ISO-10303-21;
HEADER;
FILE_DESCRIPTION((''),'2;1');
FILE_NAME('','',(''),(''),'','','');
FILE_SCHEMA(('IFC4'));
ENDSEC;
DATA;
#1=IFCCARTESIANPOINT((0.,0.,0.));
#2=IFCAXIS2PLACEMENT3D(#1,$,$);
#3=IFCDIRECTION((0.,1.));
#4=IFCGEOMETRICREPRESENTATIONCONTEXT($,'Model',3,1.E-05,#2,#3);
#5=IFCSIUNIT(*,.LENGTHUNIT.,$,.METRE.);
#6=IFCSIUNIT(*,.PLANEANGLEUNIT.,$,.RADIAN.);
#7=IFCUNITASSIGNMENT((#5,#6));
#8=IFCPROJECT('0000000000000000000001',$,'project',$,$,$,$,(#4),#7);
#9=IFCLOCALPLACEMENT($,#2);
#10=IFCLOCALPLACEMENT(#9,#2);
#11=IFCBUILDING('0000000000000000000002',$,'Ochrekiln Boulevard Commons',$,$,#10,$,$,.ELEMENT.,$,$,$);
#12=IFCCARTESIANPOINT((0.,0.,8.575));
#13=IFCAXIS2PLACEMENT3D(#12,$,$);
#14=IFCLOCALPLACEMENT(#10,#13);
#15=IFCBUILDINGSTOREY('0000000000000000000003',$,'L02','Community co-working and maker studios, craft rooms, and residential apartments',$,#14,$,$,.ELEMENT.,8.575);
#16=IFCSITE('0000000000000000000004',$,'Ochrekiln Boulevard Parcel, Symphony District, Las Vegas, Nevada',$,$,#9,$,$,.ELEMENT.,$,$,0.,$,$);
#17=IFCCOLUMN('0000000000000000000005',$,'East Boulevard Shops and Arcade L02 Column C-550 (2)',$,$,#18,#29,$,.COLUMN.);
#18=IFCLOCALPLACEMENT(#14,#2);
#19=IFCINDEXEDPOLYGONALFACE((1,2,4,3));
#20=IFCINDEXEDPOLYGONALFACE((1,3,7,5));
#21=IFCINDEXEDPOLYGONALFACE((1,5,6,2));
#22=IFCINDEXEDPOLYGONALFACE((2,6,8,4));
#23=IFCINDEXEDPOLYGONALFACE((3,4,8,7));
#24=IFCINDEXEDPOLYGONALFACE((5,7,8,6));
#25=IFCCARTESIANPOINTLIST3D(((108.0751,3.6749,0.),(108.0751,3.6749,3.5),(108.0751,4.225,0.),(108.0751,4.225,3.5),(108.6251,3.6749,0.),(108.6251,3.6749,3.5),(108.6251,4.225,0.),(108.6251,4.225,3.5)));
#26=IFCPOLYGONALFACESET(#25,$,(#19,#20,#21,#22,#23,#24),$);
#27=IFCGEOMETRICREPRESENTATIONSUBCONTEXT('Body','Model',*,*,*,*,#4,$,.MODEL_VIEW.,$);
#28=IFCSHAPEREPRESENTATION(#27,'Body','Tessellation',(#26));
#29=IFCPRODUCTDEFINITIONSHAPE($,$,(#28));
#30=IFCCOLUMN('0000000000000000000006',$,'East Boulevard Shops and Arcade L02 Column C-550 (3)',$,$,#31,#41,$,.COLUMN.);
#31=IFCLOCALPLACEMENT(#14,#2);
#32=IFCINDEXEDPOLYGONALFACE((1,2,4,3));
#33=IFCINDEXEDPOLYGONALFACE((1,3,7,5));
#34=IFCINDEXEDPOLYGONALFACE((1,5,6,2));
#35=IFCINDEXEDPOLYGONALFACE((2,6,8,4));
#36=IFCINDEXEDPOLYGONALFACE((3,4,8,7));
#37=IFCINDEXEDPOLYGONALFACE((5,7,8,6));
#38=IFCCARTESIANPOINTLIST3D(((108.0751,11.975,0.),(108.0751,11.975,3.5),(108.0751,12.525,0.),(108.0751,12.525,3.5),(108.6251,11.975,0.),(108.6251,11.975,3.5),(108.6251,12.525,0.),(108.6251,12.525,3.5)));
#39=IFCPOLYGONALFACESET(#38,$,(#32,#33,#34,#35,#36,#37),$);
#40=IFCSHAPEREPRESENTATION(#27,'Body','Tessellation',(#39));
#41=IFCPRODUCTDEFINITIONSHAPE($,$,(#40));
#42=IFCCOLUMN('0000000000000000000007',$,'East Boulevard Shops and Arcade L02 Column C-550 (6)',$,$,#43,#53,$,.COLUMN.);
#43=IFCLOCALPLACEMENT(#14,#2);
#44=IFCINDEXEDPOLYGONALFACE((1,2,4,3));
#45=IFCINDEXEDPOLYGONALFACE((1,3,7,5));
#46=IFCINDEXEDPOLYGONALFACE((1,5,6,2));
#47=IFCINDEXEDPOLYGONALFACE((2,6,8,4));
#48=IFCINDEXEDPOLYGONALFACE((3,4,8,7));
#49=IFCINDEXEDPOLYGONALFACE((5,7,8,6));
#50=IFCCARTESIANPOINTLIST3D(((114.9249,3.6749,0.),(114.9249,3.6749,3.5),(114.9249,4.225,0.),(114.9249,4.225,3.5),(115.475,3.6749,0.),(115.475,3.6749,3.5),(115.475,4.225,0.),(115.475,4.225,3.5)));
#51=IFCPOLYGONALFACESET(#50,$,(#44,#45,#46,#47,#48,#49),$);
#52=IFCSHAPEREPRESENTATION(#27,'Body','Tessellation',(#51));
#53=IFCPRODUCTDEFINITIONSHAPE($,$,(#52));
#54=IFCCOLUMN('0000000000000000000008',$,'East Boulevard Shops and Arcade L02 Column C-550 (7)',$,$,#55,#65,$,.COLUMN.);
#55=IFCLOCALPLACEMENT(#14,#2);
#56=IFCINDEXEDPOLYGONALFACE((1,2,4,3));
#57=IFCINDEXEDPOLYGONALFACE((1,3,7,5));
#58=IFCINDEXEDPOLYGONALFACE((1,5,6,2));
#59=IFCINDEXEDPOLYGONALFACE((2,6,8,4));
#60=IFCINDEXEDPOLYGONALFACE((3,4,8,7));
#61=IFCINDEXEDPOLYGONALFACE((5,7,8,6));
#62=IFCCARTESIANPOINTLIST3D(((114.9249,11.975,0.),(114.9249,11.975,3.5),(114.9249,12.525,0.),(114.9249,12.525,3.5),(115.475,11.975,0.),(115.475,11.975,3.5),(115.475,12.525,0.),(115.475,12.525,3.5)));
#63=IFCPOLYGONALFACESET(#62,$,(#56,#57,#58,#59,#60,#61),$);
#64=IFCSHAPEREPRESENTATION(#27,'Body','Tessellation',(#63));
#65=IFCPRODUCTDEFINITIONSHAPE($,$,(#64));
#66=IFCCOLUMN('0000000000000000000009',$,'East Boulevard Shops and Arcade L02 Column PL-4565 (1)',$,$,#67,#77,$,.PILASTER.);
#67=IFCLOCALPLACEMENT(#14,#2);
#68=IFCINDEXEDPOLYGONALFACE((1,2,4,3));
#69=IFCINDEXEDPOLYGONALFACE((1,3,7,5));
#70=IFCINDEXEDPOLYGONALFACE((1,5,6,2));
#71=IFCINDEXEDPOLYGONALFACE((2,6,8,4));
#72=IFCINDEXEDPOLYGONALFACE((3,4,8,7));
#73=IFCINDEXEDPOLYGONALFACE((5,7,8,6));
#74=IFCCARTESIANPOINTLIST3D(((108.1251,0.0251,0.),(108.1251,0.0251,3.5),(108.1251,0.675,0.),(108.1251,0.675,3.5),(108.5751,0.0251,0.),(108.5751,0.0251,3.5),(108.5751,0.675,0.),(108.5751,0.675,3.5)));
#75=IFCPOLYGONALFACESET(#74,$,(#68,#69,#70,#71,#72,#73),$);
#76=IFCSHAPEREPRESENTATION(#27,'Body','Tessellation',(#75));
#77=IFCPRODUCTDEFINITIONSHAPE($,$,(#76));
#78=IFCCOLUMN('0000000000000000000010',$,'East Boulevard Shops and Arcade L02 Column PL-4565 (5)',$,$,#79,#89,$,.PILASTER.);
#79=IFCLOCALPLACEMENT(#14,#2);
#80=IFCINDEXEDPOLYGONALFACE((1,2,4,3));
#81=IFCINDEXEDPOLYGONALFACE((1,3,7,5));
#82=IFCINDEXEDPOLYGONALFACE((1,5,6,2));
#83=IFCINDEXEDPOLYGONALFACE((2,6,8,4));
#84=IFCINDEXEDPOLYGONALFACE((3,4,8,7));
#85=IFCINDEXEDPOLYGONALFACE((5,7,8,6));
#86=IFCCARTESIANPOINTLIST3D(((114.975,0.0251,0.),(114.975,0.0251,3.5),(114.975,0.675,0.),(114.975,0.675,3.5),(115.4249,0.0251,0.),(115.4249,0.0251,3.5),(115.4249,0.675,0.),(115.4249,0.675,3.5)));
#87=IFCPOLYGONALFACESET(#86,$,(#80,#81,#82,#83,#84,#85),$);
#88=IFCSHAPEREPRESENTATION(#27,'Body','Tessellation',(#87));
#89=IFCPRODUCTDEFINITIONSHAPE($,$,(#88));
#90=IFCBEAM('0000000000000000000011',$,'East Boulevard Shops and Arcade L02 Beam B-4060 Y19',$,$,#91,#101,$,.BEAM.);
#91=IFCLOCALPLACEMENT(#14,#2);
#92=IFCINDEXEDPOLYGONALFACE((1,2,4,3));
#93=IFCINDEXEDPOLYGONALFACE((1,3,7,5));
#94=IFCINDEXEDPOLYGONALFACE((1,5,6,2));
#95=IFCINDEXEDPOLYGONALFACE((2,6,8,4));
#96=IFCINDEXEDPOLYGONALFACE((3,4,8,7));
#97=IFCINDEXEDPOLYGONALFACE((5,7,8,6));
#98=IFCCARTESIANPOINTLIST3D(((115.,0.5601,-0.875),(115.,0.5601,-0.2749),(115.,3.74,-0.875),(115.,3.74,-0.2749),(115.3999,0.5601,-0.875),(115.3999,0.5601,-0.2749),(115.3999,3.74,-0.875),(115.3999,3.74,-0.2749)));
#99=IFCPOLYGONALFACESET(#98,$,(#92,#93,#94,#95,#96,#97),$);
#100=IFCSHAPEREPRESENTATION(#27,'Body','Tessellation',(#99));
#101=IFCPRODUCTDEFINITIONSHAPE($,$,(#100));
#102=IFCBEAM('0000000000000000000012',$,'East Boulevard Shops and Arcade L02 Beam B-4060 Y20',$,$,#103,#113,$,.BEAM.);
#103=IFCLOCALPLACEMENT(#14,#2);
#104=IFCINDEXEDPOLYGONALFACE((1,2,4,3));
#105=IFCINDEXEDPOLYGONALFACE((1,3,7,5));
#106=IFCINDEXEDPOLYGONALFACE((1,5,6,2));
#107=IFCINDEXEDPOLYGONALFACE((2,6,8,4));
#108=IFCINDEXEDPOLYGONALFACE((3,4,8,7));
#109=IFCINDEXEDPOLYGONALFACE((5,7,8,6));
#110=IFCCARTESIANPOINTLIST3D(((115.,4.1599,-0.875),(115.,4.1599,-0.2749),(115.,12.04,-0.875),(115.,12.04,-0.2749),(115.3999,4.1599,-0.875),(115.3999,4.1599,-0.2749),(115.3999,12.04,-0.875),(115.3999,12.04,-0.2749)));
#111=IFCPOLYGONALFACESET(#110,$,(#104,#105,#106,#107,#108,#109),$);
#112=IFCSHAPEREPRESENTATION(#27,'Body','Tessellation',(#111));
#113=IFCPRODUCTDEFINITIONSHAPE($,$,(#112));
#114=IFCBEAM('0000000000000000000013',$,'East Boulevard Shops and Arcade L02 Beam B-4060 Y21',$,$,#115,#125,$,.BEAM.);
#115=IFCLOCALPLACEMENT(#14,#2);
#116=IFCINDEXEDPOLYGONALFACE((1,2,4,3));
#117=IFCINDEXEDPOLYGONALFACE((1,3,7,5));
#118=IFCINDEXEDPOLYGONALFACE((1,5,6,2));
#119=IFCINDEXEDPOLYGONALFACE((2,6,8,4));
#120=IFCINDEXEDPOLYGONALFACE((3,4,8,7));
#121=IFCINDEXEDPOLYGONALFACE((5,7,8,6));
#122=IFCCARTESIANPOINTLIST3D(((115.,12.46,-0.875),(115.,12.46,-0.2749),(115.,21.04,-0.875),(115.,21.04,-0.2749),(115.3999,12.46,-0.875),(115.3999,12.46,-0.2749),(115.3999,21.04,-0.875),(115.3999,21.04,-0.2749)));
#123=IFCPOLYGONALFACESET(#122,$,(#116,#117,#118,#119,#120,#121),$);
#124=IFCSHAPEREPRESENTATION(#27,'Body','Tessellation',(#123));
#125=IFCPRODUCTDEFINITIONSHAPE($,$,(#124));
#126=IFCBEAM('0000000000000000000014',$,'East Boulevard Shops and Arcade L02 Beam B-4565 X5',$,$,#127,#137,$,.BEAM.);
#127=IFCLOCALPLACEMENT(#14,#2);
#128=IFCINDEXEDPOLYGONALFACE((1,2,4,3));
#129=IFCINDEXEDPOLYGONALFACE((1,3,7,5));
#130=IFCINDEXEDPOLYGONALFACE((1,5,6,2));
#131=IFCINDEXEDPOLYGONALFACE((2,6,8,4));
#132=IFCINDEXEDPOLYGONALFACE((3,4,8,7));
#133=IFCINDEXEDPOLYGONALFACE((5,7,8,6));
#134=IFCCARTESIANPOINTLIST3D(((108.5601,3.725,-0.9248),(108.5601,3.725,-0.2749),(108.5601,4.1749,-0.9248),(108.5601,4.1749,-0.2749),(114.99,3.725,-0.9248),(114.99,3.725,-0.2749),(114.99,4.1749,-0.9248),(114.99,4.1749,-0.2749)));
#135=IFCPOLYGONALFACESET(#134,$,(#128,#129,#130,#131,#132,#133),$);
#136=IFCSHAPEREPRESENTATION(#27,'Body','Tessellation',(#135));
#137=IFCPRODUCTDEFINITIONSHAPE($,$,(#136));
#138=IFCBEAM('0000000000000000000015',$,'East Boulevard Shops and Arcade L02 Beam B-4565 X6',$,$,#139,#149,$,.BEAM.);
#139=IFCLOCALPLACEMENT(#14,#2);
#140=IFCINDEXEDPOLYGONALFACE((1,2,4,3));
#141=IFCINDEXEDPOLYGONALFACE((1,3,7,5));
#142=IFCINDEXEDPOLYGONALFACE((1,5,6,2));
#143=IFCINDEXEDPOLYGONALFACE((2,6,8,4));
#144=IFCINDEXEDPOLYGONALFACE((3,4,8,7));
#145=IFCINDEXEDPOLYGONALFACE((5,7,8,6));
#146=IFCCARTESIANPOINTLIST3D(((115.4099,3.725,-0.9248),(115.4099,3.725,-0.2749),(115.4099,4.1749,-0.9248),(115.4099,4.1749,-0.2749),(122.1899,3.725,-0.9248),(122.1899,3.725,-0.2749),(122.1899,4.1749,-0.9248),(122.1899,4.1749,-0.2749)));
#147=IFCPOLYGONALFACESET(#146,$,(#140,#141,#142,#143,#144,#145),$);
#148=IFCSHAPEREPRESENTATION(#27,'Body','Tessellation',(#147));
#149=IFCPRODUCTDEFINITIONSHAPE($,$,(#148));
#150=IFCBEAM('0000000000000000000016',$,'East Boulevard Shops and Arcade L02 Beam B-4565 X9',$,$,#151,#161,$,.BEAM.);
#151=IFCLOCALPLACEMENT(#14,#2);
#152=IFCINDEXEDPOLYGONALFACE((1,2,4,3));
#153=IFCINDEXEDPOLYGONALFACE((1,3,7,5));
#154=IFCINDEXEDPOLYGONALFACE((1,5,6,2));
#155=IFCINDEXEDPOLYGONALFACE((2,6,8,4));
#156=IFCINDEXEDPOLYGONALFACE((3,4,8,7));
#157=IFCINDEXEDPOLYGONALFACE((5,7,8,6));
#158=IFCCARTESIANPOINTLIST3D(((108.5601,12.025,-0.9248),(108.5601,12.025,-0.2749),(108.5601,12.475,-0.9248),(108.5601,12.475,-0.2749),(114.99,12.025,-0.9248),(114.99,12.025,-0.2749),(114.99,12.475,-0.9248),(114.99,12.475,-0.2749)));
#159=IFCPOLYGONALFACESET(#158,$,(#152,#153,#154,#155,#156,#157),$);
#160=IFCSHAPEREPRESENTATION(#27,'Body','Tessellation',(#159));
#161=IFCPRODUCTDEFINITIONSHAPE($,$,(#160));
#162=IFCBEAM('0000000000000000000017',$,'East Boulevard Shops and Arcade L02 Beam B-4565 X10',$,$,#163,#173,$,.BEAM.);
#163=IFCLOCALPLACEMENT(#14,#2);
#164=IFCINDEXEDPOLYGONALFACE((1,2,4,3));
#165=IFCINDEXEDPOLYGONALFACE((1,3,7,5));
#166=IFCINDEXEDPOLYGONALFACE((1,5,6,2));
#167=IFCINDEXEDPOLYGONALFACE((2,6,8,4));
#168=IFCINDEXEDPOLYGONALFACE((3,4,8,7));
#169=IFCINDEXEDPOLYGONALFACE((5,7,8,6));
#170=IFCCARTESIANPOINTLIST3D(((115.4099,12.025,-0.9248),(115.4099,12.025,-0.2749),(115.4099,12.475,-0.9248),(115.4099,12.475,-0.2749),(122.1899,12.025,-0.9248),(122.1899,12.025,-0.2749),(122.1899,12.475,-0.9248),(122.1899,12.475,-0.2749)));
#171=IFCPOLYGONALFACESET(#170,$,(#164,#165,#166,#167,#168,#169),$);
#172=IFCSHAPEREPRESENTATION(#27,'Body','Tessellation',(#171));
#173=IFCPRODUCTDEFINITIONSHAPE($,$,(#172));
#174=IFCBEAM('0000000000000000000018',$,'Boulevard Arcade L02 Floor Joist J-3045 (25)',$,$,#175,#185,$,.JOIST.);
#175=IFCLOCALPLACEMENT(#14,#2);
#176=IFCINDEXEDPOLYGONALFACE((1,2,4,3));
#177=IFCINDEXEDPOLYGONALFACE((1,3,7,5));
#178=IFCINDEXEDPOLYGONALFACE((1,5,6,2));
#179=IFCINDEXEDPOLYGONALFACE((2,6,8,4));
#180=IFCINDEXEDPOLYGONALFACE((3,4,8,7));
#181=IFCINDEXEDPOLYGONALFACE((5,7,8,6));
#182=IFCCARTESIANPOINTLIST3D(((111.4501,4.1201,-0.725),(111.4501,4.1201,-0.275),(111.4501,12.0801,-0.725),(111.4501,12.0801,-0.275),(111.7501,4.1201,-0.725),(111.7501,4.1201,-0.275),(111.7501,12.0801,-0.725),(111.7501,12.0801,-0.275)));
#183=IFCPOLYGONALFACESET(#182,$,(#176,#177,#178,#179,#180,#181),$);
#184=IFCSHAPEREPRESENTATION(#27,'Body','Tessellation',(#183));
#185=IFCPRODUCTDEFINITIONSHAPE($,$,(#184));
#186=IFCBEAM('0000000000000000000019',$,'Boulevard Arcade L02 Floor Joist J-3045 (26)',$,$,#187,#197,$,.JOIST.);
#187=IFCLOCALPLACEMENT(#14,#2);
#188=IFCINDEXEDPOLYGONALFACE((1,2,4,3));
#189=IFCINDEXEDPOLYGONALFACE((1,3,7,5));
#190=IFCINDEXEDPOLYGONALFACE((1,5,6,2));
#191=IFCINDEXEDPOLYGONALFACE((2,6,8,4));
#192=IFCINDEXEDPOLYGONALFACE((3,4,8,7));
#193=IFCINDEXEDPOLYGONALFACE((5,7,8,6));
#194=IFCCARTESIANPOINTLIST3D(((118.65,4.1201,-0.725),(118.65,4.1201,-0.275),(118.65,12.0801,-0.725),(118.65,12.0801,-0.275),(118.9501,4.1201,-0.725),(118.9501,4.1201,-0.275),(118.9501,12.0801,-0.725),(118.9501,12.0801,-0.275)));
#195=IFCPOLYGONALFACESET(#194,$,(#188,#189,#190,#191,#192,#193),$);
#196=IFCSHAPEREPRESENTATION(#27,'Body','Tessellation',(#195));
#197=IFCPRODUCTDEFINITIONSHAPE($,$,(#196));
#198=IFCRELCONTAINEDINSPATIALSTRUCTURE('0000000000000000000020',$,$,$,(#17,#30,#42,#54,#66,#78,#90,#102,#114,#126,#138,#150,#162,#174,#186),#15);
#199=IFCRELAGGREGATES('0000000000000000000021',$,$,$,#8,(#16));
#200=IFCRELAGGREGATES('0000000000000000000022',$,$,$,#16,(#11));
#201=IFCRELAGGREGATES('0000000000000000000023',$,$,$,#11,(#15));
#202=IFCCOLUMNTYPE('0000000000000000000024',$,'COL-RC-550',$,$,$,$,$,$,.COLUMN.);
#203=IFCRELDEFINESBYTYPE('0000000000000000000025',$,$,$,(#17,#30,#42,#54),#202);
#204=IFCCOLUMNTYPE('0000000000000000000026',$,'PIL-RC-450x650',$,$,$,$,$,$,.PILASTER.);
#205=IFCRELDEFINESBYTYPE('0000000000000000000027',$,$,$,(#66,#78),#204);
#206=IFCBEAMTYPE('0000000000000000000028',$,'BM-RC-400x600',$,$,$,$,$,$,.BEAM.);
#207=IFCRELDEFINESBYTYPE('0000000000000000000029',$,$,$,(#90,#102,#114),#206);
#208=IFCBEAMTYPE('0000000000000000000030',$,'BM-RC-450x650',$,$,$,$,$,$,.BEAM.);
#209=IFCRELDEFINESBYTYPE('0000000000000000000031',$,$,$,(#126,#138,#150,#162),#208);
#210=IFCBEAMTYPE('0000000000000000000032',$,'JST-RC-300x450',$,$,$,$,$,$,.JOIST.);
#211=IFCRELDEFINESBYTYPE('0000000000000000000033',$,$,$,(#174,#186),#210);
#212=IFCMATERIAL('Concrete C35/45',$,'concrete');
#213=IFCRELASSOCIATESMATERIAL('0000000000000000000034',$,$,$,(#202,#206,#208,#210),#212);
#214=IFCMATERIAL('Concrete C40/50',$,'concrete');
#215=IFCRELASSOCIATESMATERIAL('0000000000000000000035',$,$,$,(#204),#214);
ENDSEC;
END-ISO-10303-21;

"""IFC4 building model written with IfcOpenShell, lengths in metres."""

from ifc_helpers import new_model, si_unit, direction, frame, origin, origin_2d, place, context, subcontext, project, spatial, rectangle, extrude, material, material_profile, profile_set, type_object, element, save


model = new_model("IFC4")

# Units and contexts
model_context = context("Model", 3, precision=1e-05, world=origin(), true_north=direction((0.0, 1.0)))
body_context = subcontext(model_context, "Body", "Model", "MODEL_VIEW")
ifc_project = project(units=[si_unit("LENGTHUNIT", "METRE"), si_unit("PLANEANGLEUNIT", "RADIAN")], contexts=[model_context])

# Site, building, storey
site_placement = place(None, origin())
site = spatial("IfcSite", under=ifc_project, at=site_placement, Name="Ochrekiln Boulevard Parcel, Symphony District, Las Vegas, Nevada", CompositionType="ELEMENT", RefElevation=0.0)
building_placement = place(site_placement, origin())
building = spatial("IfcBuilding", under=site, at=building_placement, Name="Ochrekiln Boulevard Commons", CompositionType="ELEMENT")
storey_placement = place(building_placement, frame((0.0, 0.0, 8.575)))
storey = spatial("IfcBuildingStorey", under=building, at=storey_placement, Name="L02", Description="Community co-working and maker studios, craft rooms, and residential apartments", CompositionType="ELEMENT", Elevation=8.575)

# Columns
ifc_material_1 = material(Name="Concrete C35/45", Category="concrete")
ifc_material_profile_1 = material_profile(ifc_material_1, rectangle(XDim=0.55, YDim=0.55, at=origin_2d()), Name="RC-COL-550x550")
ifc_profile_set_1 = profile_set([ifc_material_profile_1], Name="Concrete C35/45")
column_type_1 = type_object("IfcColumnType", Name="COL-RC-550", PredefinedType="COLUMN", material=ifc_profile_set_1)
for number, where, z_axis, x_axis, name in (
    (1, (108.3501, 3.95, 0.0), (0.0, 0.0, 1.0), (1.0, 0.0, 0.0), "East Boulevard Shops and Arcade L02 Column C-550 (2)"),
    (2, (108.3501, 12.25, 0.0), (0.0, 0.0, 1.0), (1.0, 0.0, 0.0), "East Boulevard Shops and Arcade L02 Column C-550 (3)"),
    (3, (115.2, 3.95, 0.0), (0.0, 0.0, 1.0), (1.0, 0.0, 0.0), "East Boulevard Shops and Arcade L02 Column C-550 (6)"),
    (4, (115.2, 12.25, 0.0), (0.0, 0.0, 1.0), (1.0, 0.0, 0.0), "East Boulevard Shops and Arcade L02 Column C-550 (7)"),
):
    element("IfcColumn", number, at=place(storey_placement, frame(where, z_axis=z_axis, x_axis=x_axis)), inside=storey, type_object=column_type_1, Name=name, PredefinedType="COLUMN", context=body_context, shape_type="SweptSolid", body=[
        extrude(rectangle(XDim=0.55, YDim=0.55, at=origin_2d()), origin(), (0.0, 0.0, 1.0), 3.5),
    ])
ifc_material_2 = material(Name="Concrete C40/50", Category="concrete")
ifc_material_profile_2 = material_profile(ifc_material_2, rectangle(XDim=0.45, YDim=0.6499, at=origin_2d()), Name="RC-PIL-450x650")
ifc_profile_set_2 = profile_set([ifc_material_profile_2], Name="Concrete C40/50")
column_type_2 = type_object("IfcColumnType", Name="PIL-RC-450x650", PredefinedType="PILASTER", material=ifc_profile_set_2)
for number, where, z_axis, x_axis, name in (
    (5, (108.3501, 0.3501, 0.0), (0.0, 0.0, 1.0), (1.0, 0.0, 0.0), "East Boulevard Shops and Arcade L02 Column PL-4565 (1)"),
    (6, (115.2, 0.3501, 0.0), (0.0, 0.0, 1.0), (1.0, 0.0, 0.0), "East Boulevard Shops and Arcade L02 Column PL-4565 (5)"),
):
    element("IfcColumn", number, at=place(storey_placement, frame(where, z_axis=z_axis, x_axis=x_axis)), inside=storey, type_object=column_type_2, Name=name, PredefinedType="PILASTER", context=body_context, shape_type="SweptSolid", body=[
        extrude(rectangle(XDim=0.45, YDim=0.6499, at=origin_2d()), origin(), (0.0, 0.0, 1.0), 3.5),
    ])

# Beams
ifc_material_profile_3 = material_profile(ifc_material_1, rectangle(XDim=0.3999, YDim=0.6001, at=origin_2d()), Name="RC-BM-400x600")
ifc_profile_set_3 = profile_set([ifc_material_profile_3], Name="Concrete C35/45")
beam_type_1 = type_object("IfcBeamType", Name="BM-RC-400x600", PredefinedType="BEAM", material=ifc_profile_set_3)
beam_1_placement = place(storey_placement, frame((115.2, 0.5601, -0.575), z_axis=(0.0, 1.0, 0.0), x_axis=(-1.0, 0.0, 0.0)))
element("IfcBeam", 7, at=beam_1_placement, inside=storey, type_object=beam_type_1, Name="East Boulevard Shops and Arcade L02 Beam B-4060 Y19", PredefinedType="BEAM", context=body_context, shape_type="SweptSolid", body=[
    extrude(rectangle(XDim=0.3999, YDim=0.6001, at=origin_2d()), origin(), (0.0, 0.0, 1.0), 3.1799),
])
beam_2_placement = place(storey_placement, frame((115.2, 4.1599, -0.575), z_axis=(0.0, 1.0, 0.0), x_axis=(-1.0, 0.0, 0.0)))
element("IfcBeam", 8, at=beam_2_placement, inside=storey, type_object=beam_type_1, Name="East Boulevard Shops and Arcade L02 Beam B-4060 Y20", PredefinedType="BEAM", context=body_context, shape_type="SweptSolid", body=[
    extrude(rectangle(XDim=0.3999, YDim=0.6001, at=origin_2d()), origin(), (0.0, 0.0, 1.0), 7.8801),
])
beam_3_placement = place(storey_placement, frame((115.2, 12.46, -0.575), z_axis=(0.0, 1.0, 0.0), x_axis=(-1.0, 0.0, 0.0)))
element("IfcBeam", 9, at=beam_3_placement, inside=storey, type_object=beam_type_1, Name="East Boulevard Shops and Arcade L02 Beam B-4060 Y21", PredefinedType="BEAM", context=body_context, shape_type="SweptSolid", body=[
    extrude(rectangle(XDim=0.3999, YDim=0.6001, at=origin_2d()), origin(), (0.0, 0.0, 1.0), 8.5801),
])
ifc_material_profile_4 = material_profile(ifc_material_1, rectangle(XDim=0.45, YDim=0.6499, at=origin_2d()), Name="RC-BM-450x650")
ifc_profile_set_4 = profile_set([ifc_material_profile_4], Name="Concrete C35/45")
beam_type_2 = type_object("IfcBeamType", Name="BM-RC-450x650", PredefinedType="BEAM", material=ifc_profile_set_4)
beam_4_placement = place(storey_placement, frame((108.5601, 3.95, -0.5999), z_axis=(1.0, 0.0, 0.0), x_axis=(0.0, 1.0, 0.0)))
element("IfcBeam", 10, at=beam_4_placement, inside=storey, type_object=beam_type_2, Name="East Boulevard Shops and Arcade L02 Beam B-4565 X5", PredefinedType="BEAM", context=body_context, shape_type="SweptSolid", body=[
    extrude(rectangle(XDim=0.45, YDim=0.6499, at=origin_2d()), origin(), (0.0, 0.0, 1.0), 6.4299),
])
beam_5_placement = place(storey_placement, frame((115.4099, 3.95, -0.5999), z_axis=(1.0, 0.0, 0.0), x_axis=(0.0, 1.0, 0.0)))
element("IfcBeam", 11, at=beam_5_placement, inside=storey, type_object=beam_type_2, Name="East Boulevard Shops and Arcade L02 Beam B-4565 X6", PredefinedType="BEAM", context=body_context, shape_type="SweptSolid", body=[
    extrude(rectangle(XDim=0.45, YDim=0.6499, at=origin_2d()), origin(), (0.0, 0.0, 1.0), 6.78),
])
beam_6_placement = place(storey_placement, frame((108.5601, 12.25, -0.5999), z_axis=(1.0, 0.0, 0.0), x_axis=(0.0, 1.0, 0.0)))
element("IfcBeam", 12, at=beam_6_placement, inside=storey, type_object=beam_type_2, Name="East Boulevard Shops and Arcade L02 Beam B-4565 X9", PredefinedType="BEAM", context=body_context, shape_type="SweptSolid", body=[
    extrude(rectangle(XDim=0.45, YDim=0.6499, at=origin_2d()), origin(), (0.0, 0.0, 1.0), 6.4299),
])
beam_7_placement = place(storey_placement, frame((115.4099, 12.25, -0.5999), z_axis=(1.0, 0.0, 0.0), x_axis=(0.0, 1.0, 0.0)))
element("IfcBeam", 13, at=beam_7_placement, inside=storey, type_object=beam_type_2, Name="East Boulevard Shops and Arcade L02 Beam B-4565 X10", PredefinedType="BEAM", context=body_context, shape_type="SweptSolid", body=[
    extrude(rectangle(XDim=0.45, YDim=0.6499, at=origin_2d()), origin(), (0.0, 0.0, 1.0), 6.78),
])
ifc_material_profile_5 = material_profile(ifc_material_1, rectangle(XDim=0.3, YDim=0.45, at=origin_2d()), Name="RC-JST-300x450")
ifc_profile_set_5 = profile_set([ifc_material_profile_5], Name="Concrete C35/45")
beam_type_3 = type_object("IfcBeamType", Name="JST-RC-300x450", PredefinedType="JOIST", material=ifc_profile_set_5)
for number, where, z_axis, x_axis, name in (
    (14, (111.6001, 4.1201, -0.5), (0.0, 1.0, 0.0), (-1.0, 0.0, 0.0), "Boulevard Arcade L02 Floor Joist J-3045 (25)"),
    (15, (118.8, 4.1201, -0.5), (0.0, 1.0, 0.0), (-1.0, 0.0, 0.0), "Boulevard Arcade L02 Floor Joist J-3045 (26)"),
):
    element("IfcBeam", number, at=place(storey_placement, frame(where, z_axis=z_axis, x_axis=x_axis)), inside=storey, type_object=beam_type_3, Name=name, PredefinedType="JOIST", context=body_context, shape_type="SweptSolid", body=[
        extrude(rectangle(XDim=0.3, YDim=0.45, at=origin_2d()), origin(), (0.0, 0.0, 1.0), 7.96),
    ])

save(model, "model.ifc")
